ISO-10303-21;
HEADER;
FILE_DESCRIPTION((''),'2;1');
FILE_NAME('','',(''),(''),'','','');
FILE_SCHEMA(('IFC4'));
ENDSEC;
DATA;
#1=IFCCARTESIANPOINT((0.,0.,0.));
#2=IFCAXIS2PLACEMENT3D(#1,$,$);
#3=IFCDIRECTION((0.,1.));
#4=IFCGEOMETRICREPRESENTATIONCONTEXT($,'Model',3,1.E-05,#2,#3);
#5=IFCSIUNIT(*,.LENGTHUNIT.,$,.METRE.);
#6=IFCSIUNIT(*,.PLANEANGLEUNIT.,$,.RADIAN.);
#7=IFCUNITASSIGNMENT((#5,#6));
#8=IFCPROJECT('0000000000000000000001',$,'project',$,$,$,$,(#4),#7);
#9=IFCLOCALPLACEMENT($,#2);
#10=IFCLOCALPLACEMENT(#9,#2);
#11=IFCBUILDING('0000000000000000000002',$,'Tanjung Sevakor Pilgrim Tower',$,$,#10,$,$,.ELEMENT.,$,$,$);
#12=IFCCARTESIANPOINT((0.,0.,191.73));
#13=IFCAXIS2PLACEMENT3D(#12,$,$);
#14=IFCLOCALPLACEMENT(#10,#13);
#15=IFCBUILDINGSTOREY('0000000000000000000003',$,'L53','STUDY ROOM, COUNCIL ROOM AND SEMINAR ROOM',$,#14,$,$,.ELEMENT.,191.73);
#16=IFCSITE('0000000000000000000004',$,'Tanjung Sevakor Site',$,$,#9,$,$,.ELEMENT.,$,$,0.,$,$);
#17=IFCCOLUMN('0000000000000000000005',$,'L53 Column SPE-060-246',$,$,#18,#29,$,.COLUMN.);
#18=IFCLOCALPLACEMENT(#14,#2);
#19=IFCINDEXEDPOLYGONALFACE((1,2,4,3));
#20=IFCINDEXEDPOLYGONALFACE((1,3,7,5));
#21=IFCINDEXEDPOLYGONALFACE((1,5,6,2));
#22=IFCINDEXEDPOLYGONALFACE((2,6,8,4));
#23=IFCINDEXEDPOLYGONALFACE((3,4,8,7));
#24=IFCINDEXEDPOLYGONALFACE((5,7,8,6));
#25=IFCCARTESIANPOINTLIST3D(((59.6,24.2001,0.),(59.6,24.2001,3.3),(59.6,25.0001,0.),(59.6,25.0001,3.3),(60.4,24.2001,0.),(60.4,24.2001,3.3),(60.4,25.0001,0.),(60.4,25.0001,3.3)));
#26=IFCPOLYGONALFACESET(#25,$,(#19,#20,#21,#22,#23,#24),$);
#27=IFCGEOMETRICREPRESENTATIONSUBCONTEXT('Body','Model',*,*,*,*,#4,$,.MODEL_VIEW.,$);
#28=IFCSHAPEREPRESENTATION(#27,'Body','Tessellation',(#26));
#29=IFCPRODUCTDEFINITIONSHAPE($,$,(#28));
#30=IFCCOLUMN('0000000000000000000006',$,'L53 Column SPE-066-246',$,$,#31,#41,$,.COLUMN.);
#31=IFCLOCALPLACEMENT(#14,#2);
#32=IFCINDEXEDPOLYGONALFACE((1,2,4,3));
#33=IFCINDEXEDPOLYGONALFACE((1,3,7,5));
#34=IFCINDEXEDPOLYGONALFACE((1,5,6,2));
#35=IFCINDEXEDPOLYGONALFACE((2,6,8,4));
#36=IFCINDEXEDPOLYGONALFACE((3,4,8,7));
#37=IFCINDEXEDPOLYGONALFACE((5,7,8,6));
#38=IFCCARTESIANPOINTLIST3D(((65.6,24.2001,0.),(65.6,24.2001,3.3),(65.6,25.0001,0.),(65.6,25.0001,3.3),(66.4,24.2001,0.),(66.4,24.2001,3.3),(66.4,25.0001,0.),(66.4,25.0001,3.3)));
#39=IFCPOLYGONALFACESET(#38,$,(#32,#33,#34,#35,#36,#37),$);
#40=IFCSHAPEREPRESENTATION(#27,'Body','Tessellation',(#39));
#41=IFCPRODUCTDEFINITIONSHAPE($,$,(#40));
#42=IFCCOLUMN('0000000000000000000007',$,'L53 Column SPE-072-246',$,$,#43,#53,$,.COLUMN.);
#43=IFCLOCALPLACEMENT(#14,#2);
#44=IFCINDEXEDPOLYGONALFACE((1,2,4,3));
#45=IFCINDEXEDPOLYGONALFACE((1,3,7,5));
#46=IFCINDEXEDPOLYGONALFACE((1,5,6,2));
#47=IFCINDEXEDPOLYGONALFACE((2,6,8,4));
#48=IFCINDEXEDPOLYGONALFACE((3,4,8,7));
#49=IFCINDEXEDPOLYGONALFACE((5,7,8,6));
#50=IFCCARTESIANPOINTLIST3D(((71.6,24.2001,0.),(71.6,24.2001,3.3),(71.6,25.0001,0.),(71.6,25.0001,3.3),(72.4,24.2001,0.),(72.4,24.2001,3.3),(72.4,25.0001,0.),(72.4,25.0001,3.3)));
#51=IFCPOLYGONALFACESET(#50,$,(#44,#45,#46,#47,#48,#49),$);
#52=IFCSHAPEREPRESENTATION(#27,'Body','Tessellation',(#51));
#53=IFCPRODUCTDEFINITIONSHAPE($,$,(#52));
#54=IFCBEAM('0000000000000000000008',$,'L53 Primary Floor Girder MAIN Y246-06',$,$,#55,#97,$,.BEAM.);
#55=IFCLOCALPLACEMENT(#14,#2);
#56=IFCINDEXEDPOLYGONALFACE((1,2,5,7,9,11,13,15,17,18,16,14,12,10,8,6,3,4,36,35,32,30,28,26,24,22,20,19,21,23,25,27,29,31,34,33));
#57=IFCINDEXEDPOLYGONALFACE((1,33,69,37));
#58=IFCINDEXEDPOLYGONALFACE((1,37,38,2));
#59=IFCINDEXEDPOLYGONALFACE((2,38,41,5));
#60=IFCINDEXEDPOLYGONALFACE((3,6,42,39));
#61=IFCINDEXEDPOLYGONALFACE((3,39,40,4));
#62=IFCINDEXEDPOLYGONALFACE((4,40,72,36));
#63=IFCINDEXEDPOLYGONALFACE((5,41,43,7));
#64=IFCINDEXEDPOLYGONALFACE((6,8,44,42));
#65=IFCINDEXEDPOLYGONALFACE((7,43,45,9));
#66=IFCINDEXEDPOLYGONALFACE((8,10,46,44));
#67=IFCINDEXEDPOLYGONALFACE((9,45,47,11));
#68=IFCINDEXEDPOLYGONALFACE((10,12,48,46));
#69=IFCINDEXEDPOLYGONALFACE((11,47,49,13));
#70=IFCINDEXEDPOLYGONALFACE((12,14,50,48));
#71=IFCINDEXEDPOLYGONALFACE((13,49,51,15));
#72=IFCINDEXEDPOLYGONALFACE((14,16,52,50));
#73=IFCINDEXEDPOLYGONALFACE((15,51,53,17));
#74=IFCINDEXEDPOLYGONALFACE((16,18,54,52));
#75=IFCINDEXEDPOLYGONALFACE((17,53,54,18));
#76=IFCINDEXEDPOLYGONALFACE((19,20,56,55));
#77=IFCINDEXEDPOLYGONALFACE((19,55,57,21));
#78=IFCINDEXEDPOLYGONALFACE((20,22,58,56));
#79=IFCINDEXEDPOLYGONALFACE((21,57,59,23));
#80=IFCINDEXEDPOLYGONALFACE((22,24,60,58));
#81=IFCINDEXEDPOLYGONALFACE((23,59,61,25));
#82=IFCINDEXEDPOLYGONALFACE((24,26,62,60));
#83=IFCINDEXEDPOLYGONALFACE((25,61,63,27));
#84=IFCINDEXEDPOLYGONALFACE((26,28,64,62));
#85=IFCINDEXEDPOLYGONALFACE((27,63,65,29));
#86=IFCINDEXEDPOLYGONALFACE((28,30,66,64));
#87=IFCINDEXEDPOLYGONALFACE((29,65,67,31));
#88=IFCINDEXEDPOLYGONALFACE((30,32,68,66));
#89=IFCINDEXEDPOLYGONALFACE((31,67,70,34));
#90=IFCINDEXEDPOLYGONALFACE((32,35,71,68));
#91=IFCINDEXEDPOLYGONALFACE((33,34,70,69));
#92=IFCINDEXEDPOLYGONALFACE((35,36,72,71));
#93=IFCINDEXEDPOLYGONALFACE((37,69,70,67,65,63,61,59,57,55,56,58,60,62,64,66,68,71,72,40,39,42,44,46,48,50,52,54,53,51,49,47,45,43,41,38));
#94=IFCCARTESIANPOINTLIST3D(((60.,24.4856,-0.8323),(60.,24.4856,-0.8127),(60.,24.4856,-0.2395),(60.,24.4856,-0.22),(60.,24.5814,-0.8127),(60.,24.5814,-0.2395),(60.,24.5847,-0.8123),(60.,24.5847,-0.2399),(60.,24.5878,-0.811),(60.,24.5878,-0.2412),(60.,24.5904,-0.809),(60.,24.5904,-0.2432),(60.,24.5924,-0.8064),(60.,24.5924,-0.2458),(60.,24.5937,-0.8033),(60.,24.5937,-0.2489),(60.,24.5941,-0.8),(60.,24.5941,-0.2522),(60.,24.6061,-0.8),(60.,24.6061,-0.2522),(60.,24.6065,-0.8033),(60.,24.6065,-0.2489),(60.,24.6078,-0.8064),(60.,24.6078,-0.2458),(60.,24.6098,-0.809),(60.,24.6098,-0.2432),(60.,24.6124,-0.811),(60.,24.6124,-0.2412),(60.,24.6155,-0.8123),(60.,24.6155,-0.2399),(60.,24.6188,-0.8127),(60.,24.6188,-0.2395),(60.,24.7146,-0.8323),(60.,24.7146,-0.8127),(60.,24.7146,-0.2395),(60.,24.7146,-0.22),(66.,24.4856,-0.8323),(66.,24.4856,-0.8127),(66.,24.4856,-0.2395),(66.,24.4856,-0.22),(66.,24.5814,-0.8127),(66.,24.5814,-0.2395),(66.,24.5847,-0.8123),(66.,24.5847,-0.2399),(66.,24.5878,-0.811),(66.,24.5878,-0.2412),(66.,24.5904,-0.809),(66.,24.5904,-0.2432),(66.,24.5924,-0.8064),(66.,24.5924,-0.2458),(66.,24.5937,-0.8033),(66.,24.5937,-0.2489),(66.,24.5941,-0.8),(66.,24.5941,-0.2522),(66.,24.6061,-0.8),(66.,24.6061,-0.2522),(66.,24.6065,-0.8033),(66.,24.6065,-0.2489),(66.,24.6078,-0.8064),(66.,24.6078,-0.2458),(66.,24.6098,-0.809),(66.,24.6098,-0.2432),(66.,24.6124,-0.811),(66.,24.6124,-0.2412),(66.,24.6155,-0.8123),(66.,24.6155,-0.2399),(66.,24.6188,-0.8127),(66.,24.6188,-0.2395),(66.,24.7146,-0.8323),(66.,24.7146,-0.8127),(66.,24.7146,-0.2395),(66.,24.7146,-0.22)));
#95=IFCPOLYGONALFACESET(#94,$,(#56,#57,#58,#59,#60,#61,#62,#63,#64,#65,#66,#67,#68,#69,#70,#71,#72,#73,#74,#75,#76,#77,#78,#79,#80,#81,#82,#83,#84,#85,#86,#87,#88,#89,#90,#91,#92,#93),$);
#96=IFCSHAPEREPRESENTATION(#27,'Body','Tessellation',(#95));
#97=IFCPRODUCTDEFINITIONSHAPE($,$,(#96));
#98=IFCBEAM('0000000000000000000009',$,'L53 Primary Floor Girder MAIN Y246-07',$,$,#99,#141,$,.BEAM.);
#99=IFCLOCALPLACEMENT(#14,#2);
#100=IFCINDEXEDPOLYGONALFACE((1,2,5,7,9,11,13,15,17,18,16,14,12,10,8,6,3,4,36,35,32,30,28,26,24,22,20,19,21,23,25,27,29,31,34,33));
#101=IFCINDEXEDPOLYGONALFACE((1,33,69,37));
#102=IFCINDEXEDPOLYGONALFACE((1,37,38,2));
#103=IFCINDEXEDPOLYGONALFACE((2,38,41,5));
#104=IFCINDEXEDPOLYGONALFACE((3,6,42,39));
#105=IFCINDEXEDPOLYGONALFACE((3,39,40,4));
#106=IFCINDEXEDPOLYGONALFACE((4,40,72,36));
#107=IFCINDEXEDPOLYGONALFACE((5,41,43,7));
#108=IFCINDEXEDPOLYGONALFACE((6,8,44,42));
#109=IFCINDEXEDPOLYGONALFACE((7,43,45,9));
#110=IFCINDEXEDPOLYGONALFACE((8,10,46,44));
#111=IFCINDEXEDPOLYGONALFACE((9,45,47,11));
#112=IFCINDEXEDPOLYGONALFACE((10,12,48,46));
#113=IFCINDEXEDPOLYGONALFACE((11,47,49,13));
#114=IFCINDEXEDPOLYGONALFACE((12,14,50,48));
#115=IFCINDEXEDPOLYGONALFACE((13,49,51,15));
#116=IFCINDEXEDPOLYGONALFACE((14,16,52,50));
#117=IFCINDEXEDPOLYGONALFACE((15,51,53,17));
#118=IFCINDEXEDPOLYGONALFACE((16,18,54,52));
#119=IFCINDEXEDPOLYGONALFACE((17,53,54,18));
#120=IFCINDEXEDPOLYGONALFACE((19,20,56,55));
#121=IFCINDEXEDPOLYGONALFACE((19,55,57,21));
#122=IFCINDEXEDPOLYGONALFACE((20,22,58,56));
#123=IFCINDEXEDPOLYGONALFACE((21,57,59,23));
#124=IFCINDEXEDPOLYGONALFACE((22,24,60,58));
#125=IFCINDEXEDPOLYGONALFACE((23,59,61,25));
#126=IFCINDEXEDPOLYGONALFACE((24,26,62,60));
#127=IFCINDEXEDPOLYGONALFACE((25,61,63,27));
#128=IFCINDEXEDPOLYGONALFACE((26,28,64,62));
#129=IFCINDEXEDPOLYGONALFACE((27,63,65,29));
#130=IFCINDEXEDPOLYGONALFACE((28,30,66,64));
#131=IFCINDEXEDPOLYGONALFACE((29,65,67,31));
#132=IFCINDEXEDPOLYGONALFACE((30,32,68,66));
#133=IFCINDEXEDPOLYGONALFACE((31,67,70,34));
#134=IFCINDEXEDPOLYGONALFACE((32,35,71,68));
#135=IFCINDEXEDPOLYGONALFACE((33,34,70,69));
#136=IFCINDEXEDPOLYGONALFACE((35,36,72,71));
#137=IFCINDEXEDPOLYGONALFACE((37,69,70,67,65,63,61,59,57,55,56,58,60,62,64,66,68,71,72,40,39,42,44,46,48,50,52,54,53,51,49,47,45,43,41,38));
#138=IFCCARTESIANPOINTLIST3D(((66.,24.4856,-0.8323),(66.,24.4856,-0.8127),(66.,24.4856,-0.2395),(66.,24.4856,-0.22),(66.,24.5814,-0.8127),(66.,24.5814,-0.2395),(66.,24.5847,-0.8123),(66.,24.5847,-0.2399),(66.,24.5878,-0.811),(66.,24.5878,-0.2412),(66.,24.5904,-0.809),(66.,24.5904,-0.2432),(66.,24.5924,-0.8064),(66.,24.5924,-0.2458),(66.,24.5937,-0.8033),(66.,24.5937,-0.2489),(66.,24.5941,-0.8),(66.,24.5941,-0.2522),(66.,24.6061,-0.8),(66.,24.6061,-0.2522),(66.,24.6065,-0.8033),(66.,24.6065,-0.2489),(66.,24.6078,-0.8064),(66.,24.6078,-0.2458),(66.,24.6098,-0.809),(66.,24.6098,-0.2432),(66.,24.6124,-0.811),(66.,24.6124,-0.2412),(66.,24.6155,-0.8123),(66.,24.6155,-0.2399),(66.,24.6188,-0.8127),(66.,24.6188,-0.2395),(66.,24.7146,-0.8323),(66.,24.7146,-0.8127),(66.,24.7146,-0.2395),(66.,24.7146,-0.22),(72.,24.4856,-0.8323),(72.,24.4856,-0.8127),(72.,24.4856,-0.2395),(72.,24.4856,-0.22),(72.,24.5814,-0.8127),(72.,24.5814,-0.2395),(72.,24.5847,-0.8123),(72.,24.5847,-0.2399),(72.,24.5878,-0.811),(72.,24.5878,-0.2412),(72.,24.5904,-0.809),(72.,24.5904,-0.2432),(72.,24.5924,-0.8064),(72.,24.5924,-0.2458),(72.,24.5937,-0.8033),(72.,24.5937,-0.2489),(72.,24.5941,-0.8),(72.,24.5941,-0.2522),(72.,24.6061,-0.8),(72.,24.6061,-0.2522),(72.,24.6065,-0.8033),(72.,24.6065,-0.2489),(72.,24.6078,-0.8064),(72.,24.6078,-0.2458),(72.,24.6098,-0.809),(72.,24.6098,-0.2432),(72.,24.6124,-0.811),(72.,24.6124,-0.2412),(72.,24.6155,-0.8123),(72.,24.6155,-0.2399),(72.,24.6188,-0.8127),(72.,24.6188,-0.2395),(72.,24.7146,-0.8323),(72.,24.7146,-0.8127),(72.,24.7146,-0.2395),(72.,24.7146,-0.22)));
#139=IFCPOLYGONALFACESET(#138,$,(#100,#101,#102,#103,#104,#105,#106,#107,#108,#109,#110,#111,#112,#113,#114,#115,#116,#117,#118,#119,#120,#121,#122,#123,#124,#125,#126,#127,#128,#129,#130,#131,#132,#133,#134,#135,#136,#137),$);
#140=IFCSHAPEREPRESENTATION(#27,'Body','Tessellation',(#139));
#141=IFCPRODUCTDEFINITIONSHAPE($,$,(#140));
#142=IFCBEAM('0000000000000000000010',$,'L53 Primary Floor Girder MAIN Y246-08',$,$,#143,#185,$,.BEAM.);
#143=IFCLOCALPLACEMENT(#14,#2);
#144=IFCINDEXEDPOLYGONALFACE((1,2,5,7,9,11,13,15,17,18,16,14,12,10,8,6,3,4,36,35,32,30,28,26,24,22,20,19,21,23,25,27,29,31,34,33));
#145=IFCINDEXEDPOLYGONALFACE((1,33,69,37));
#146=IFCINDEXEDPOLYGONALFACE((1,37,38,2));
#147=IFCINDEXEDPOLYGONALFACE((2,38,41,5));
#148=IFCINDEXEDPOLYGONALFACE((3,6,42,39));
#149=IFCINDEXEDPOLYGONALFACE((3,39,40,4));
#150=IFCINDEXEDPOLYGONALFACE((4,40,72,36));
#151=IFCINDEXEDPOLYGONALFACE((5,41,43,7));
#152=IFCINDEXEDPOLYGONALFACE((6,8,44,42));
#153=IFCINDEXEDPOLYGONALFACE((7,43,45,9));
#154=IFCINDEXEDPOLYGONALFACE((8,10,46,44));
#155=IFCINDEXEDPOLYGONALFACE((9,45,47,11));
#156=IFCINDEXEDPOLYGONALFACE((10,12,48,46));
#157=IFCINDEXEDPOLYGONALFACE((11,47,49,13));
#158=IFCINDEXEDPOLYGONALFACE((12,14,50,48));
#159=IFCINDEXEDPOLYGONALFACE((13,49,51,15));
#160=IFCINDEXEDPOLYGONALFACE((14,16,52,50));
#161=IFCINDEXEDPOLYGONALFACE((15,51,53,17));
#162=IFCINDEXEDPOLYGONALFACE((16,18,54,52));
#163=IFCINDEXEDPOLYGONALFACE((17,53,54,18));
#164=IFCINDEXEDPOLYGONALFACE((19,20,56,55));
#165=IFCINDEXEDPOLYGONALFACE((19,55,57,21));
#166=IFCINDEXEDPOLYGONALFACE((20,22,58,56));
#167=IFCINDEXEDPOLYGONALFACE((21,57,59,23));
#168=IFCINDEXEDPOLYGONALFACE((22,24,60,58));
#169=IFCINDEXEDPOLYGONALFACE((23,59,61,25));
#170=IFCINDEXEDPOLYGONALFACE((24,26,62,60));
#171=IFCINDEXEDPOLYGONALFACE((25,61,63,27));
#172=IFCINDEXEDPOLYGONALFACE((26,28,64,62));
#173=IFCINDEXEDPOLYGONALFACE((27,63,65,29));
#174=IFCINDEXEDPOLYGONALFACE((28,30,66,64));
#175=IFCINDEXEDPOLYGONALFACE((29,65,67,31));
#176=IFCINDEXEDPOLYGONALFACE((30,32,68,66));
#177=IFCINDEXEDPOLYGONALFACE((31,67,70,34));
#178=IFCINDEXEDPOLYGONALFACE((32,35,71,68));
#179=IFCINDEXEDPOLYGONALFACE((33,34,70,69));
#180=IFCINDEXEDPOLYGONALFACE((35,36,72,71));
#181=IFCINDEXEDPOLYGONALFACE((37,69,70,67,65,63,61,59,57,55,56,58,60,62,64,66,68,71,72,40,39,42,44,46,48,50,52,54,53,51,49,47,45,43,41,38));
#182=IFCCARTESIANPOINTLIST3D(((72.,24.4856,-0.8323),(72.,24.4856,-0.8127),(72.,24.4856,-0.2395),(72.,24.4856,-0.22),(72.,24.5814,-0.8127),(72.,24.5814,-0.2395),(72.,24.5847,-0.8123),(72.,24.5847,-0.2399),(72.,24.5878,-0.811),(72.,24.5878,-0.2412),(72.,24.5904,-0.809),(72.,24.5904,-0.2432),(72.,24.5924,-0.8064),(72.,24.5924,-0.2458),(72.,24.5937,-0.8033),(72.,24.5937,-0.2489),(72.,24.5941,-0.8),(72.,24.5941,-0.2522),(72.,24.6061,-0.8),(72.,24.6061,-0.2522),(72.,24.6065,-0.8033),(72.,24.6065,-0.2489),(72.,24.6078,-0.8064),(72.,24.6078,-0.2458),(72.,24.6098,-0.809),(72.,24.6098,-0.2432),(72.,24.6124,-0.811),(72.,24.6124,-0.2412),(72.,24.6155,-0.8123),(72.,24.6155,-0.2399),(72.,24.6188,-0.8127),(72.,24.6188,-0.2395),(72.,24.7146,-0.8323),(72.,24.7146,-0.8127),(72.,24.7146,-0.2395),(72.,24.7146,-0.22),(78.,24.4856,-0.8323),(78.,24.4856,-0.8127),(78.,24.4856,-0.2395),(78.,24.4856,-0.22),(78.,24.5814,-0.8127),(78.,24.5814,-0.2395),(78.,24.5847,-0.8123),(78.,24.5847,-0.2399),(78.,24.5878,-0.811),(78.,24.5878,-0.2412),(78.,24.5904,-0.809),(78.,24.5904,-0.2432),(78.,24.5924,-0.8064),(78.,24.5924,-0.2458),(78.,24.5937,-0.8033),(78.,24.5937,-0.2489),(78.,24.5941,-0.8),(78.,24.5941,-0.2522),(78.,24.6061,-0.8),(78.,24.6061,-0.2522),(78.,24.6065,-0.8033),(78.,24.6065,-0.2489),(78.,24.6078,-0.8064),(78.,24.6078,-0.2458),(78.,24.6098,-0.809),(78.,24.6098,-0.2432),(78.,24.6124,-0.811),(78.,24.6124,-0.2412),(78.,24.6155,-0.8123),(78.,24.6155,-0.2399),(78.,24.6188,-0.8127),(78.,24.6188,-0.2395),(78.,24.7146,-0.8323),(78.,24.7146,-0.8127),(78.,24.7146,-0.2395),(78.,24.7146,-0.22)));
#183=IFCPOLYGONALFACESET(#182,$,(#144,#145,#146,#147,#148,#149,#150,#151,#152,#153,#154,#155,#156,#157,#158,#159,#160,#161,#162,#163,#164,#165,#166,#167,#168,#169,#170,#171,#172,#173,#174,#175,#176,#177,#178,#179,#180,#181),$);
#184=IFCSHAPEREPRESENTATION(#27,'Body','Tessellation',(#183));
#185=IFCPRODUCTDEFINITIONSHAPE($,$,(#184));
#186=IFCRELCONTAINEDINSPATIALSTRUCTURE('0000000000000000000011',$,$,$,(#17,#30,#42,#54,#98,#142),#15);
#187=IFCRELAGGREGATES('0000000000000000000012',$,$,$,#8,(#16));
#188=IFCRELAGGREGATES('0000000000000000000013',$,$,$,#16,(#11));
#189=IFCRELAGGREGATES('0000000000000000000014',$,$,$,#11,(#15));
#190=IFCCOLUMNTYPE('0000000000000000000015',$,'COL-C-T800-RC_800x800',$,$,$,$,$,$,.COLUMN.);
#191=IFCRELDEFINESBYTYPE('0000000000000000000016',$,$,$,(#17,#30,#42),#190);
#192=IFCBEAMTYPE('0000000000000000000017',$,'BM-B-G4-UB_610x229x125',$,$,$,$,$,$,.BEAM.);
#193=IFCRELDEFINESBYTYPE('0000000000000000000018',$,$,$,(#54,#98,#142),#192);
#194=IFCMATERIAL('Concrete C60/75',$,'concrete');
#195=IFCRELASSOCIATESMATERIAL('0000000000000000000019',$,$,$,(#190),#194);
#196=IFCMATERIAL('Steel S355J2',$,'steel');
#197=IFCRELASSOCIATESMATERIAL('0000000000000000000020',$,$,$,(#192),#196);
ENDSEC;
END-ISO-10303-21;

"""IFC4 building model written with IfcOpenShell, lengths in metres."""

from ifc_helpers import new_model, si_unit, direction, frame, origin, origin_2d, place, context, subcontext, project, spatial, rectangle, i_section, extrude, material, material_profile, profile_set, type_object, element, save


model = new_model("IFC4")

# Units and contexts
model_context = context("Model", 3, precision=1e-05, world=origin(), true_north=direction((0.0, 1.0)))
body_context = subcontext(model_context, "Body", "Model", "MODEL_VIEW")
ifc_project = project(units=[si_unit("LENGTHUNIT", "METRE"), si_unit("PLANEANGLEUNIT", "RADIAN")], contexts=[model_context])

# Site, building, storey
site_placement = place(None, origin())
site = spatial("IfcSite", under=ifc_project, at=site_placement, Name="Tanjung Sevakor Site", CompositionType="ELEMENT", RefElevation=0.0)
building_placement = place(site_placement, origin())
building = spatial("IfcBuilding", under=site, at=building_placement, Name="Tanjung Sevakor Pilgrim Tower", CompositionType="ELEMENT")
storey_placement = place(building_placement, frame((0.0, 0.0, 191.73)))
storey = spatial("IfcBuildingStorey", under=building, at=storey_placement, Name="L53", Description="STUDY ROOM, COUNCIL ROOM AND SEMINAR ROOM", CompositionType="ELEMENT", Elevation=191.73)

# Columns
ifc_material_1 = material(Name="Concrete C60/75", Category="concrete")
ifc_material_profile_1 = material_profile(ifc_material_1, rectangle(XDim=0.8, YDim=0.8, at=origin_2d()))
ifc_profile_set_1 = profile_set([ifc_material_profile_1], Name="Concrete C60/75")
column_type = type_object("IfcColumnType", Name="COL-C-T800-RC_800x800", PredefinedType="COLUMN", material=ifc_profile_set_1)
for number, where, z_axis, x_axis, name in (
    (1, (60.0, 24.6001, 0.0), (0.0, 0.0, 1.0), (1.0, 0.0, 0.0), "L53 Column SPE-060-246"),
    (2, (66.0, 24.6001, 0.0), (0.0, 0.0, 1.0), (1.0, 0.0, 0.0), "L53 Column SPE-066-246"),
    (3, (72.0, 24.6001, 0.0), (0.0, 0.0, 1.0), (1.0, 0.0, 0.0), "L53 Column SPE-072-246"),
):
    element("IfcColumn", number, at=place(storey_placement, frame(where, z_axis=z_axis, x_axis=x_axis)), inside=storey, type_object=column_type, Name=name, PredefinedType="COLUMN", context=body_context, shape_type="SweptSolid", body=[
        extrude(rectangle(XDim=0.8, YDim=0.8, at=origin_2d()), origin(), (0.0, 0.0, 1.0), 3.3),
    ])

# Beams
ifc_material_2 = material(Name="Steel S355J2", Category="steel")
ifc_material_profile_2 = material_profile(ifc_material_2, i_section(OverallWidth=0.229, OverallDepth=0.6123, WebThickness=0.012, FlangeThickness=0.0195, FilletRadius=0.0127, at=origin_2d()))
ifc_profile_set_2 = profile_set([ifc_material_profile_2], Name="Steel S355J2")
beam_type_1 = type_object("IfcBeamType", Name="BM-B-G4-UB_610x229x125", PredefinedType="BEAM", material=ifc_profile_set_2)
for number, where, z_axis, x_axis, name in (
    (4, (60.0, 24.6001, -0.5261), (1.0, 0.0, 0.0), (0.0, 1.0, 0.0), "L53 Primary Floor Girder MAIN Y246-06"),
    (5, (66.0, 24.6001, -0.5261), (1.0, 0.0, 0.0), (0.0, 1.0, 0.0), "L53 Primary Floor Girder MAIN Y246-07"),
    (6, (72.0, 24.6001, -0.5261), (1.0, 0.0, 0.0), (0.0, 1.0, 0.0), "L53 Primary Floor Girder MAIN Y246-08"),
):
    element("IfcBeam", number, at=place(storey_placement, frame(where, z_axis=z_axis, x_axis=x_axis)), inside=storey, type_object=beam_type_1, Name=name, PredefinedType="BEAM", context=body_context, shape_type="SweptSolid", body=[
        extrude(i_section(OverallWidth=0.229, OverallDepth=0.6123, WebThickness=0.012, FlangeThickness=0.0195, FilletRadius=0.0127, at=origin_2d()), origin(), (0.0, 0.0, 1.0), 6.0),
    ])

save(model, "model.ifc")
